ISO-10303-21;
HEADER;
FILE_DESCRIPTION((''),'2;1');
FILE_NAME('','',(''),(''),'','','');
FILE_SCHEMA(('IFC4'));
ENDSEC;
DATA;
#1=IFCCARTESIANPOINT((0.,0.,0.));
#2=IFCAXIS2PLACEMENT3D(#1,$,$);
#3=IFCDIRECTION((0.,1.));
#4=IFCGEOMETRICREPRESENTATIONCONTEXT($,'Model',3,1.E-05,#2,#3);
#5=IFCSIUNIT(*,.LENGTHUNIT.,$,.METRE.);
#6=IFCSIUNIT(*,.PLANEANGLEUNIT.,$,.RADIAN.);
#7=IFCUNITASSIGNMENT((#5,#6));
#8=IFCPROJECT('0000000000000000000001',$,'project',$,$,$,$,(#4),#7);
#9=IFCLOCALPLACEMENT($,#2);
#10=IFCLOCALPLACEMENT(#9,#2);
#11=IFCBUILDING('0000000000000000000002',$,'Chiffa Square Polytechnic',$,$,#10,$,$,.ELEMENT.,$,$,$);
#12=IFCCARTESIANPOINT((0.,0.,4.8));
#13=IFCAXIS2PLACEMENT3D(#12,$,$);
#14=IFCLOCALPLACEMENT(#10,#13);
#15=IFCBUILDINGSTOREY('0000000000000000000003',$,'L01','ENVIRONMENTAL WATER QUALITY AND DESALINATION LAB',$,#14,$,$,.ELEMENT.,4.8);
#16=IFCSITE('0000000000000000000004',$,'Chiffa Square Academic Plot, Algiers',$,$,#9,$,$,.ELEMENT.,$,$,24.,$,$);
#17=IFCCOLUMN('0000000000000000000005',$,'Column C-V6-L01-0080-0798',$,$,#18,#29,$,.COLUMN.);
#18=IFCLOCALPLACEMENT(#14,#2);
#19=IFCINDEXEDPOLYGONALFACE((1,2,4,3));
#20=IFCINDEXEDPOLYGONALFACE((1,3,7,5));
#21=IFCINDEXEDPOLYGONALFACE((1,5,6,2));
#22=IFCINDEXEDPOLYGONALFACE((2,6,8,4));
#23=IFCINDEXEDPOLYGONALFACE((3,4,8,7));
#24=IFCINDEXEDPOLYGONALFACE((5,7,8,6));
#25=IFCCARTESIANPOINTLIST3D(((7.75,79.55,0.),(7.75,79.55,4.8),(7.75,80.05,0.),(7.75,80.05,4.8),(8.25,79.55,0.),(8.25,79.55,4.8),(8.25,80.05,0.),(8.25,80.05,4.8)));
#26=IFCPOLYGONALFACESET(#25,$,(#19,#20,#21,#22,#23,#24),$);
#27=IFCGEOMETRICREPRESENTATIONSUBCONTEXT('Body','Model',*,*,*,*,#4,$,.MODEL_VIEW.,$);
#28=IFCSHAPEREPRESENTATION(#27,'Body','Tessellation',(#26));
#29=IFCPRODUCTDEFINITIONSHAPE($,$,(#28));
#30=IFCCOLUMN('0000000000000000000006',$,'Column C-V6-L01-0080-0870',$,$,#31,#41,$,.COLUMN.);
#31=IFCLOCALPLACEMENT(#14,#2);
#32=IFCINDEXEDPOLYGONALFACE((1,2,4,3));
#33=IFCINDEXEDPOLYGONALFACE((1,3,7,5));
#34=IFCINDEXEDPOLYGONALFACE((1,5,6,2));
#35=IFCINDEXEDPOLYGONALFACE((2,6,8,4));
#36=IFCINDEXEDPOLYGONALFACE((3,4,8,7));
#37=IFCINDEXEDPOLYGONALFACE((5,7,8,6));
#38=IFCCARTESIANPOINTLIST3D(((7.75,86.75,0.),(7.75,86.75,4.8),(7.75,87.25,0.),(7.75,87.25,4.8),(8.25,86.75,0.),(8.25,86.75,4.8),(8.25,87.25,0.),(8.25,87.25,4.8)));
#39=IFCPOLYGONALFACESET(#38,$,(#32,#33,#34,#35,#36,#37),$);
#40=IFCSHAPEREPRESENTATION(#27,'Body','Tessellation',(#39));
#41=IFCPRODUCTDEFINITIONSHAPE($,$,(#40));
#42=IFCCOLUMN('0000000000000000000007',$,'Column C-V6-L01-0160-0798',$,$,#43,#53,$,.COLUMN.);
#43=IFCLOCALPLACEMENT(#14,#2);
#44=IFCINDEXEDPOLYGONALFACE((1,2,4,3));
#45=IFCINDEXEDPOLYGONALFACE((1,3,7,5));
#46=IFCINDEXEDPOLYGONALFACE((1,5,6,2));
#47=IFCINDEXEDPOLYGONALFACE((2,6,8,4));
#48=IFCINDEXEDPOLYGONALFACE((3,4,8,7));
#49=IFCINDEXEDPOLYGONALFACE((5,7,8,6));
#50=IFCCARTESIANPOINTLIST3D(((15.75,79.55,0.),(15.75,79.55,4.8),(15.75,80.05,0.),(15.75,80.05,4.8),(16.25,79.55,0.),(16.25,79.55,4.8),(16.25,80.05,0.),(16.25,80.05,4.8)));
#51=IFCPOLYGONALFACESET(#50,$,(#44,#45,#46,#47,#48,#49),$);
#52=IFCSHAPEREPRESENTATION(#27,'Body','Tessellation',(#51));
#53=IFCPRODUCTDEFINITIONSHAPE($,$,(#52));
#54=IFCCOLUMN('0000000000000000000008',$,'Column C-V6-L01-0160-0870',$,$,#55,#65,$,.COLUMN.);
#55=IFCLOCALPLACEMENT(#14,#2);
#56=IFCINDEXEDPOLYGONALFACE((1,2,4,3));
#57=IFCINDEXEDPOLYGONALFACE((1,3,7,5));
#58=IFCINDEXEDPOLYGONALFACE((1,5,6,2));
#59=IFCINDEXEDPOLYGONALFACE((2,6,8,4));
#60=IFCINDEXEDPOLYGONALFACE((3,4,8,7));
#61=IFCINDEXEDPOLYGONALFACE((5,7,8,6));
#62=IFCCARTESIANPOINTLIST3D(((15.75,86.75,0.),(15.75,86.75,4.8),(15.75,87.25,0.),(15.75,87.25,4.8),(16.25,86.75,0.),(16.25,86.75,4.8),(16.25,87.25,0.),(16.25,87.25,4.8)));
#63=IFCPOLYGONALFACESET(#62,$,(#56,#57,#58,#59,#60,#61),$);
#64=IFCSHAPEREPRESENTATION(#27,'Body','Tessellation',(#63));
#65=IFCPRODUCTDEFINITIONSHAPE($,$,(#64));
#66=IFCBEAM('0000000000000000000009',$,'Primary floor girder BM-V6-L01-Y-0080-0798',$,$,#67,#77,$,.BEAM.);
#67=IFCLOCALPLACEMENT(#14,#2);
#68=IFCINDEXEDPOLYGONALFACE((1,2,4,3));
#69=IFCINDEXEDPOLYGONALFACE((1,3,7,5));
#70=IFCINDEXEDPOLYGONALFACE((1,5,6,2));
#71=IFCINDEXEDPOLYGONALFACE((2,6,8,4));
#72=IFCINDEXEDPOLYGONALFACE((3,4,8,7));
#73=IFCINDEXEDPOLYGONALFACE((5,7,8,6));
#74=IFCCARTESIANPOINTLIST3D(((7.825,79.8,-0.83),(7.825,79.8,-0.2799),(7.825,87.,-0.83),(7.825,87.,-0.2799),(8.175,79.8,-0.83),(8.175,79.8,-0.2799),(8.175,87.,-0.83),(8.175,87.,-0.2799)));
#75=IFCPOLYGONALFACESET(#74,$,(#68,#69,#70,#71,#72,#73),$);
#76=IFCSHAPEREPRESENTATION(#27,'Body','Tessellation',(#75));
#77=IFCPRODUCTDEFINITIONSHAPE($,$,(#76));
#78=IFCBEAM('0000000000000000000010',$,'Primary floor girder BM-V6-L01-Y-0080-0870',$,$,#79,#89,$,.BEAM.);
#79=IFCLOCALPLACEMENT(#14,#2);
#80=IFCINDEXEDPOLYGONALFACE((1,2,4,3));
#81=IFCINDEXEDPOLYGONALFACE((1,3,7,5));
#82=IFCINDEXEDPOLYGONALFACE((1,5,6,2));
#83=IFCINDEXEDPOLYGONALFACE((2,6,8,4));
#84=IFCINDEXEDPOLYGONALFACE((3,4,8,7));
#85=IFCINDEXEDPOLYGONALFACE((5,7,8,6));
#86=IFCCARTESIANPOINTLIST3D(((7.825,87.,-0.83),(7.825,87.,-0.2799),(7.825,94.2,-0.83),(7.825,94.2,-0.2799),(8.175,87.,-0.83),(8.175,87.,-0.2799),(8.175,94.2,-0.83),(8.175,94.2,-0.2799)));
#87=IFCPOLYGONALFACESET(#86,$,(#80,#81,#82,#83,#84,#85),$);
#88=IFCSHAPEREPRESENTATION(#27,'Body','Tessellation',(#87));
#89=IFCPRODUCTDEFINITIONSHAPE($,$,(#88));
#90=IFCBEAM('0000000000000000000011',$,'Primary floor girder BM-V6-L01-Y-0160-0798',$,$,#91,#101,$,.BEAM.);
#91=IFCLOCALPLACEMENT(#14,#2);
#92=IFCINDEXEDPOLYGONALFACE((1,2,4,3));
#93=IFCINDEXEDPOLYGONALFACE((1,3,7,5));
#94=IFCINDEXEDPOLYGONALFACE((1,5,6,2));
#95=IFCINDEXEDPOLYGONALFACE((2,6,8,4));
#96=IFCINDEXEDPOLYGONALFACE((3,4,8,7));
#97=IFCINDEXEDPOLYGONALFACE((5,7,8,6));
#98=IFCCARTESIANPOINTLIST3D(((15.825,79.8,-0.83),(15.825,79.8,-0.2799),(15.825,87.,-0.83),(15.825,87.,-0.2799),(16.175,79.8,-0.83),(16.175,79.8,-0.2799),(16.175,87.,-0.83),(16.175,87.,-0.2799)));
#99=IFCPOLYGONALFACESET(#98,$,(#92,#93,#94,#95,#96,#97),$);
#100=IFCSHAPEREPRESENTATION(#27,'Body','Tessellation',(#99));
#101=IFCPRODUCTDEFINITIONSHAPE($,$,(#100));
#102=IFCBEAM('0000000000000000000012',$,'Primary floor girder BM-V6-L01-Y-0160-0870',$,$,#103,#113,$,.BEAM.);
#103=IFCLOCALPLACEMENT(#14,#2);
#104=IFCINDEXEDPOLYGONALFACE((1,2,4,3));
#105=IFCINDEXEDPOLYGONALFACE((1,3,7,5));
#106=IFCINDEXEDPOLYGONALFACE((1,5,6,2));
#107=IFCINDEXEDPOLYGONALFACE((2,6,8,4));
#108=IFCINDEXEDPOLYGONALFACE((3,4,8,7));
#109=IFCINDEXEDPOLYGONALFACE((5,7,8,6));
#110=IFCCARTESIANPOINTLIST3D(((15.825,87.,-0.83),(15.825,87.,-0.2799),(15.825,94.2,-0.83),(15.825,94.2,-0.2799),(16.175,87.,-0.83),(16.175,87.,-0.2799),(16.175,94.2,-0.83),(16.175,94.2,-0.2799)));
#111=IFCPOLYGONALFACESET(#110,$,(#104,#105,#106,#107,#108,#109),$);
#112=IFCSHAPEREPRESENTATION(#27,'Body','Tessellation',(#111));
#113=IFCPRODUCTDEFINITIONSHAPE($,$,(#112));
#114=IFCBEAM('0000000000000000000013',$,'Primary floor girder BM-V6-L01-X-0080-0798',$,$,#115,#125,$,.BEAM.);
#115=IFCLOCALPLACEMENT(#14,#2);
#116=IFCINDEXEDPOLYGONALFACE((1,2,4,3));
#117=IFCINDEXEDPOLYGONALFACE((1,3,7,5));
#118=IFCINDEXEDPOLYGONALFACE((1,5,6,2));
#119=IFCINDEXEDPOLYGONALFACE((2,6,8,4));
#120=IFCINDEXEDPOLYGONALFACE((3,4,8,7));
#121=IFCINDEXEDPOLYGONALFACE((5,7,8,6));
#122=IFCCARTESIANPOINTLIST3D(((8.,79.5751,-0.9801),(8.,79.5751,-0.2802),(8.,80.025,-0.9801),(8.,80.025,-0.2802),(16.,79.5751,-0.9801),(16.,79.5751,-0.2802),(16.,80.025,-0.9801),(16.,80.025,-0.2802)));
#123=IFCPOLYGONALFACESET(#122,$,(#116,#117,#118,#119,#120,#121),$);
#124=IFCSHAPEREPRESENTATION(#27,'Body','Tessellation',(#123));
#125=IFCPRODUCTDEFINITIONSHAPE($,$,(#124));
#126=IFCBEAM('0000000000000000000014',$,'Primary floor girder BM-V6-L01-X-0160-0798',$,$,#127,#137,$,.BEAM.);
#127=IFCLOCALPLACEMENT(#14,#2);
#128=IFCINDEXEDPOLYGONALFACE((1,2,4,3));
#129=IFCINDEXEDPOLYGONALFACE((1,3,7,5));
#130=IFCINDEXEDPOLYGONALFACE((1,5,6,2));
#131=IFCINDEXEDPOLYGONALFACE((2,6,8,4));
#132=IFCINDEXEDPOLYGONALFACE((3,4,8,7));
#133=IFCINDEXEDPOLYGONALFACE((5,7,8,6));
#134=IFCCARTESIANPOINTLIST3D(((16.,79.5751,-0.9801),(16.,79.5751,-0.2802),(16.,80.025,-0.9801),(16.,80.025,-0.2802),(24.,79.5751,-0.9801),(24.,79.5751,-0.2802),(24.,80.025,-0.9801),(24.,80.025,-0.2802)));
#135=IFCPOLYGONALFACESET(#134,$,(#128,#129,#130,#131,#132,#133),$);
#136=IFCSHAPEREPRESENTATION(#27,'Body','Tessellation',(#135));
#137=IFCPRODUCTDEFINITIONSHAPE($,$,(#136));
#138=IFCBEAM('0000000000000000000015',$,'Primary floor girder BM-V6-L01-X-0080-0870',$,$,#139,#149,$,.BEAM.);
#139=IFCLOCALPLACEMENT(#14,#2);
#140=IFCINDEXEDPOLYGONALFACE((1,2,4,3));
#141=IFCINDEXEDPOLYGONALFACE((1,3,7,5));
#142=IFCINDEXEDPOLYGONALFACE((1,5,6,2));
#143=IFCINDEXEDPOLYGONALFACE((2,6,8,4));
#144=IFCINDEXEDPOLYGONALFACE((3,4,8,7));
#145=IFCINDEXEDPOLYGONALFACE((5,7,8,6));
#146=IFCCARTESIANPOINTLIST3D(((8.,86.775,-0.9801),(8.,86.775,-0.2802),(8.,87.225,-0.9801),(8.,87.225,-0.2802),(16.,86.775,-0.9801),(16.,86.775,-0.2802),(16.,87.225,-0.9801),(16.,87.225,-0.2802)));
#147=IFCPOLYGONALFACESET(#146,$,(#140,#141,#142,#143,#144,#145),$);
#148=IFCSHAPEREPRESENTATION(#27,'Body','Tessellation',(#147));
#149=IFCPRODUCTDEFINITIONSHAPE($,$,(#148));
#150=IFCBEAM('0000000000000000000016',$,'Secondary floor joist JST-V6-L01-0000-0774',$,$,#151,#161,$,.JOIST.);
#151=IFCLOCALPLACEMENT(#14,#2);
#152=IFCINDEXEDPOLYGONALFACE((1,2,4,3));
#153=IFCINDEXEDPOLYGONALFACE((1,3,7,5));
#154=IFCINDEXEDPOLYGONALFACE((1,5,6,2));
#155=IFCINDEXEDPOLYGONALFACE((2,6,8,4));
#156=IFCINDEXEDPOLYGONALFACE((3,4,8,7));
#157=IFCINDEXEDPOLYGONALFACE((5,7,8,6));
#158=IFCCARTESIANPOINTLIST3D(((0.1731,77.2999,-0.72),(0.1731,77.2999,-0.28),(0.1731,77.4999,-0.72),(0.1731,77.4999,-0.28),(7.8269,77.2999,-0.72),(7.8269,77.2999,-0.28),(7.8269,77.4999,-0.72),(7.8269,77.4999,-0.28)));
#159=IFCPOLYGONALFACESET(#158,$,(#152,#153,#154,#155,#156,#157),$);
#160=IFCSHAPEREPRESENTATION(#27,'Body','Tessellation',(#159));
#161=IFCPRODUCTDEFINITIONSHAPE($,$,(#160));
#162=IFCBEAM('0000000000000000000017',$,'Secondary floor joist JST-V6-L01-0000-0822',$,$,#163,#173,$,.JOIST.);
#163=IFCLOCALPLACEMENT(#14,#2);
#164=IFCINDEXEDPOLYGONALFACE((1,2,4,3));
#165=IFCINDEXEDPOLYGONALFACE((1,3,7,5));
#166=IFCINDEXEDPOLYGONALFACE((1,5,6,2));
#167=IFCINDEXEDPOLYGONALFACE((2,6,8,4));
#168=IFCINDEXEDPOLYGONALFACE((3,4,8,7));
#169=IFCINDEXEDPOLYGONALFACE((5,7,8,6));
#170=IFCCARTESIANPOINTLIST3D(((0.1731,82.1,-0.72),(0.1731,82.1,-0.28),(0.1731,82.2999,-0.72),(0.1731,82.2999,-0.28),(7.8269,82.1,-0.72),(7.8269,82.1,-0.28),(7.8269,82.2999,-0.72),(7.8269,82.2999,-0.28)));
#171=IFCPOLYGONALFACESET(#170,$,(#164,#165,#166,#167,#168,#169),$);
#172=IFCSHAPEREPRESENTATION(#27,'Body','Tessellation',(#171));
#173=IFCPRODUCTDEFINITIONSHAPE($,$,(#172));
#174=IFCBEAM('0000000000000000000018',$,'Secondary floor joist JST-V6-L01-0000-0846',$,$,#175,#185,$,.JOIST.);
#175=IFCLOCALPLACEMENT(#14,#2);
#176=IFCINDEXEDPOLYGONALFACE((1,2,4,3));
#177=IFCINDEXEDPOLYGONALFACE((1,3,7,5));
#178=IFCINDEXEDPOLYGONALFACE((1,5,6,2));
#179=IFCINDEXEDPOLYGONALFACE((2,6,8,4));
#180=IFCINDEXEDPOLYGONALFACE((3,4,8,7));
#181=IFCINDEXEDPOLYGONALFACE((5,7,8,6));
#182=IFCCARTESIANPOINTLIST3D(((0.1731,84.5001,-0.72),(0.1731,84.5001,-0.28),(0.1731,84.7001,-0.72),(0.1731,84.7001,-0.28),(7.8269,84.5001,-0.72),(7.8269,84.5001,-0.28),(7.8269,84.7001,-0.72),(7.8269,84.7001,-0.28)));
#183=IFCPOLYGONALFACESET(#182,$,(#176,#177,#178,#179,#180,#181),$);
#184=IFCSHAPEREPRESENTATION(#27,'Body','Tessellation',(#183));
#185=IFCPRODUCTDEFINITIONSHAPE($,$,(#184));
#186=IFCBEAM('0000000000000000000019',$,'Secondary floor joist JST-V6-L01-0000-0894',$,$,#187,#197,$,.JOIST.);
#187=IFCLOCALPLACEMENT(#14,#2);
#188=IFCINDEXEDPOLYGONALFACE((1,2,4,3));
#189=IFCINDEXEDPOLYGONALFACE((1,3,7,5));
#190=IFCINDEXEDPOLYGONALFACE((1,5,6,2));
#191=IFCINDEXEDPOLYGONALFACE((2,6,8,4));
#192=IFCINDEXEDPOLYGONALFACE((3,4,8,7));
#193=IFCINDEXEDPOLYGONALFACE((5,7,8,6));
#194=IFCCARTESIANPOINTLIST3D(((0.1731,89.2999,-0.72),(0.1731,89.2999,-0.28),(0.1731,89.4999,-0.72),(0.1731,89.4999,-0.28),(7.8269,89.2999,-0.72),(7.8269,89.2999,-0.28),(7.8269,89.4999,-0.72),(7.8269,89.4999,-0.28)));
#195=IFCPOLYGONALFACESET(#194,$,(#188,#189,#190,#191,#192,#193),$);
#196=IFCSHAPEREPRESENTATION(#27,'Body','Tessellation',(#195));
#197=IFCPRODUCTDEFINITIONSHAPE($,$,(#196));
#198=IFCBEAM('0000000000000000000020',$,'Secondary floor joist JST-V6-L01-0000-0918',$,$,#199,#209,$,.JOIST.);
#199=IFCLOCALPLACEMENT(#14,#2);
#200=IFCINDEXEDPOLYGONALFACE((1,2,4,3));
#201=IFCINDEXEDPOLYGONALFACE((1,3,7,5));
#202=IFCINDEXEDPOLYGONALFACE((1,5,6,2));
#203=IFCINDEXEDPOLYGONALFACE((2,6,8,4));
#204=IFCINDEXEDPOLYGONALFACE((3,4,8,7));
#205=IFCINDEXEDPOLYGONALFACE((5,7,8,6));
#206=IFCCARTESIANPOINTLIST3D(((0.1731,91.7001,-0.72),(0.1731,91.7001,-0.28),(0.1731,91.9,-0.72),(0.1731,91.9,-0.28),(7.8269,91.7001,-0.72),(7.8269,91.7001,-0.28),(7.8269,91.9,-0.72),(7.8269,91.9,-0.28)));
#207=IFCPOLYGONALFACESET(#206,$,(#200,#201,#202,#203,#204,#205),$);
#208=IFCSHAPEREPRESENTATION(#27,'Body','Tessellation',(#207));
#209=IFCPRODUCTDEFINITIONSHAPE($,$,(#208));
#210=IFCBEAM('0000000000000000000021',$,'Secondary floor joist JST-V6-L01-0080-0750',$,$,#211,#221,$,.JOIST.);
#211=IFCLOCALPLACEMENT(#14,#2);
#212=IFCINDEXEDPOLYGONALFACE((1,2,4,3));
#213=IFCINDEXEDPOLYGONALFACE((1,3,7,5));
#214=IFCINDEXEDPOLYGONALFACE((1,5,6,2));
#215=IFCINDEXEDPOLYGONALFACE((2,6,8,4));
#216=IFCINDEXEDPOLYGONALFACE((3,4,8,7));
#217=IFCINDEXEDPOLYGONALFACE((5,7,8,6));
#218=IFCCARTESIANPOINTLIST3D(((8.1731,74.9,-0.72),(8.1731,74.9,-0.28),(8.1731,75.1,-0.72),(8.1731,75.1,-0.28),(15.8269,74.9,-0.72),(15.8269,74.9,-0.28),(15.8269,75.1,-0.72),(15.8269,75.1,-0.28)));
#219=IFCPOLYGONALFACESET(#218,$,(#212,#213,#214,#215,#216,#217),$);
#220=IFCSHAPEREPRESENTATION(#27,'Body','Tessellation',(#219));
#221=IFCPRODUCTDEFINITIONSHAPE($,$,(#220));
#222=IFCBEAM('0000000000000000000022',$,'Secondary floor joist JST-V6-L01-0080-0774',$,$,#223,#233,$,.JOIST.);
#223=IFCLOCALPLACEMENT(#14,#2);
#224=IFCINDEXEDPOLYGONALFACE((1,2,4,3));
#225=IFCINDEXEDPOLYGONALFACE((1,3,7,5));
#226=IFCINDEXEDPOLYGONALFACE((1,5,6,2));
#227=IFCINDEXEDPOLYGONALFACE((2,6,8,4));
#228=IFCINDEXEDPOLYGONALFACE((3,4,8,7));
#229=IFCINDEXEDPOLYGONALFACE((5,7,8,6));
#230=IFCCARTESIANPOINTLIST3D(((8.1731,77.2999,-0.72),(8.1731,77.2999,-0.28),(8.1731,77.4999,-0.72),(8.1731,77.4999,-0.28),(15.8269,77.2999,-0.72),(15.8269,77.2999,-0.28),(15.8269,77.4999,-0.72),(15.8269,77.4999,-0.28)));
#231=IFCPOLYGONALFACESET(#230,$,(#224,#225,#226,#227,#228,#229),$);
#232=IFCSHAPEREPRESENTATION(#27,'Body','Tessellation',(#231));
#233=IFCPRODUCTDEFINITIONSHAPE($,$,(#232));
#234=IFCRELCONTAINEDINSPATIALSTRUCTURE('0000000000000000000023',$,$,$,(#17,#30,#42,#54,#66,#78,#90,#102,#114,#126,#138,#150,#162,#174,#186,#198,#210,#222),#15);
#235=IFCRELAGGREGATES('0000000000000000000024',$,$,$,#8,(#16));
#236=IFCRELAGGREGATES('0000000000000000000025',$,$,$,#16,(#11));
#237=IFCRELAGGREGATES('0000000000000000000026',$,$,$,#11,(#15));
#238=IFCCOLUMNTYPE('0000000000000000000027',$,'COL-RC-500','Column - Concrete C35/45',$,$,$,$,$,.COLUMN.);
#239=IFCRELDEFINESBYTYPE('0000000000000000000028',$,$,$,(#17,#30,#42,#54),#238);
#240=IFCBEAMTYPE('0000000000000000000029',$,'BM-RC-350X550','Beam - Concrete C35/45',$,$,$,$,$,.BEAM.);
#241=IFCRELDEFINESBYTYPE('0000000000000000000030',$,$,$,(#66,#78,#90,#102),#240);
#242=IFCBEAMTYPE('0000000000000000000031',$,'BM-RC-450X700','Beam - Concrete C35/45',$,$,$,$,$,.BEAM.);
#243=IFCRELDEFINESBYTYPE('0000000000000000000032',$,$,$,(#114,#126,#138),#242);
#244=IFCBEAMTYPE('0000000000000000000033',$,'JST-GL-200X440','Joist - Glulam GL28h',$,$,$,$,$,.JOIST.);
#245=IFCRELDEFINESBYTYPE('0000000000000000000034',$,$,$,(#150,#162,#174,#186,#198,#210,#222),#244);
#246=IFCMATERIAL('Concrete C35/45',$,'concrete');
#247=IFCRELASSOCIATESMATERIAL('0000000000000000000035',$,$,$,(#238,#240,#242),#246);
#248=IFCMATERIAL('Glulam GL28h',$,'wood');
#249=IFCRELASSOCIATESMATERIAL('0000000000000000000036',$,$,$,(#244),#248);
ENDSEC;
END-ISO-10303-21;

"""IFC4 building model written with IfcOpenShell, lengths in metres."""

from ifc_helpers import new_model, si_unit, direction, frame, origin, origin_2d, place, context, subcontext, project, spatial, rectangle, extrude, material, material_profile, profile_set, type_object, element, save


model = new_model("IFC4")

# Units and contexts
model_context = context("Model", 3, precision=1e-05, world=origin(), true_north=direction((0.0, 1.0)))
body_context = subcontext(model_context, "Body", "Model", "MODEL_VIEW")
ifc_project = project(units=[si_unit("LENGTHUNIT", "METRE"), si_unit("PLANEANGLEUNIT", "RADIAN")], contexts=[model_context])

# Site, building, storey
site_placement = place(None, origin())
site = spatial("IfcSite", under=ifc_project, at=site_placement, Name="Chiffa Square Academic Plot, Algiers", CompositionType="ELEMENT", RefElevation=24.0)
building_placement = place(site_placement, origin())
building = spatial("IfcBuilding", under=site, at=building_placement, Name="Chiffa Square Polytechnic", CompositionType="ELEMENT")
storey_placement = place(building_placement, frame((0.0, 0.0, 4.8)))
storey = spatial("IfcBuildingStorey", under=building, at=storey_placement, Name="L01", Description="ENVIRONMENTAL WATER QUALITY AND DESALINATION LAB", CompositionType="ELEMENT", Elevation=4.8)

# Columns
ifc_material_1 = material(Name="Concrete C35/45", Category="concrete")
ifc_material_profile_1 = material_profile(ifc_material_1, rectangle(XDim=0.5, YDim=0.5, at=origin_2d()), Name="RC 500x500")
ifc_profile_set_1 = profile_set([ifc_material_profile_1], Name="Concrete C35/45")
column_type = type_object("IfcColumnType", Name="COL-RC-500", Description="Column - Concrete C35/45", PredefinedType="COLUMN", material=ifc_profile_set_1)
for number, where, z_axis, x_axis, name in (
    (1, (8.0, 79.8, 0.0), (0.0, 0.0, 1.0), (1.0, 0.0, 0.0), "Column C-V6-L01-0080-0798"),
    (2, (8.0, 87.0, 0.0), (0.0, 0.0, 1.0), (1.0, 0.0, 0.0), "Column C-V6-L01-0080-0870"),
    (3, (16.0, 79.8, 0.0), (0.0, 0.0, 1.0), (1.0, 0.0, 0.0), "Column C-V6-L01-0160-0798"),
    (4, (16.0, 87.0, 0.0), (0.0, 0.0, 1.0), (1.0, 0.0, 0.0), "Column C-V6-L01-0160-0870"),
):
    element("IfcColumn", number, at=place(storey_placement, frame(where, z_axis=z_axis, x_axis=x_axis)), inside=storey, type_object=column_type, Name=name, PredefinedType="COLUMN", context=body_context, shape_type="SweptSolid", body=[
        extrude(rectangle(XDim=0.5, YDim=0.5, at=origin_2d()), origin(), (0.0, 0.0, 1.0), 4.8),
    ])

# Beams
ifc_material_profile_2 = material_profile(ifc_material_1, rectangle(XDim=0.3501, YDim=0.55, at=origin_2d()), Name="RC 350x550")
ifc_profile_set_2 = profile_set([ifc_material_profile_2], Name="Concrete C35/45")
beam_type_1 = type_object("IfcBeamType", Name="BM-RC-350X550", Description="Beam - Concrete C35/45", PredefinedType="BEAM", material=ifc_profile_set_2)
for number, where, z_axis, x_axis, name in (
    (5, (8.0, 79.8, -0.5549), (0.0, 1.0, 0.0), (-1.0, 0.0, 0.0), "Primary floor girder BM-V6-L01-Y-0080-0798"),
    (6, (8.0, 87.0, -0.5549), (0.0, 1.0, 0.0), (-1.0, 0.0, 0.0), "Primary floor girder BM-V6-L01-Y-0080-0870"),
    (7, (16.0, 79.8, -0.5549), (0.0, 1.0, 0.0), (-1.0, 0.0, 0.0), "Primary floor girder BM-V6-L01-Y-0160-0798"),
    (8, (16.0, 87.0, -0.5549), (0.0, 1.0, 0.0), (-1.0, 0.0, 0.0), "Primary floor girder BM-V6-L01-Y-0160-0870"),
):
    element("IfcBeam", number, at=place(storey_placement, frame(where, z_axis=z_axis, x_axis=x_axis)), inside=storey, type_object=beam_type_1, Name=name, PredefinedType="BEAM", context=body_context, shape_type="SweptSolid", body=[
        extrude(rectangle(XDim=0.3501, YDim=0.55, at=origin_2d()), origin(), (0.0, 0.0, 1.0), 7.2),
    ])
ifc_material_profile_3 = material_profile(ifc_material_1, rectangle(XDim=0.45, YDim=0.7, at=origin_2d()), Name="RC 450x700")
ifc_profile_set_3 = profile_set([ifc_material_profile_3], Name="Concrete C35/45")
beam_type_2 = type_object("IfcBeamType", Name="BM-RC-450X700", Description="Beam - Concrete C35/45", PredefinedType="BEAM", material=ifc_profile_set_3)
for number, where, z_axis, x_axis, name in (
    (9, (8.0, 79.8, -0.6301), (1.0, 0.0, 0.0), (0.0, 1.0, 0.0), "Primary floor girder BM-V6-L01-X-0080-0798"),
    (10, (16.0, 79.8, -0.6301), (1.0, 0.0, 0.0), (0.0, 1.0, 0.0), "Primary floor girder BM-V6-L01-X-0160-0798"),
    (11, (8.0, 87.0, -0.6301), (1.0, 0.0, 0.0), (0.0, 1.0, 0.0), "Primary floor girder BM-V6-L01-X-0080-0870"),
):
    element("IfcBeam", number, at=place(storey_placement, frame(where, z_axis=z_axis, x_axis=x_axis)), inside=storey, type_object=beam_type_2, Name=name, PredefinedType="BEAM", context=body_context, shape_type="SweptSolid", body=[
        extrude(rectangle(XDim=0.45, YDim=0.7, at=origin_2d()), origin(), (0.0, 0.0, 1.0), 8.0),
    ])
ifc_material_2 = material(Name="Glulam GL28h", Category="wood")
ifc_material_profile_4 = material_profile(ifc_material_2, rectangle(XDim=0.2, YDim=0.4399, at=origin_2d()), Name="GL28h 200x440")
ifc_profile_set_4 = profile_set([ifc_material_profile_4], Name="Glulam GL28h")
beam_type_3 = type_object("IfcBeamType", Name="JST-GL-200X440", Description="Joist - Glulam GL28h", PredefinedType="JOIST", material=ifc_profile_set_4)
for number, where, z_axis, x_axis, name in (
    (12, (0.1731, 77.3999, -0.5), (1.0, 0.0, 0.0), (0.0, 1.0, 0.0), "Secondary floor joist JST-V6-L01-0000-0774"),
    (13, (0.1731, 82.2, -0.5), (1.0, 0.0, 0.0), (0.0, 1.0, 0.0), "Secondary floor joist JST-V6-L01-0000-0822"),
    (14, (0.1731, 84.6001, -0.5), (1.0, 0.0, 0.0), (0.0, 1.0, 0.0), "Secondary floor joist JST-V6-L01-0000-0846"),
    (15, (0.1731, 89.3999, -0.5), (1.0, 0.0, 0.0), (0.0, 1.0, 0.0), "Secondary floor joist JST-V6-L01-0000-0894"),
    (16, (0.1731, 91.8, -0.5), (1.0, 0.0, 0.0), (0.0, 1.0, 0.0), "Secondary floor joist JST-V6-L01-0000-0918"),
    (17, (8.1731, 75.0, -0.5), (1.0, 0.0, 0.0), (0.0, 1.0, 0.0), "Secondary floor joist JST-V6-L01-0080-0750"),
    (18, (8.1731, 77.3999, -0.5), (1.0, 0.0, 0.0), (0.0, 1.0, 0.0), "Secondary floor joist JST-V6-L01-0080-0774"),
):
    element("IfcBeam", number, at=place(storey_placement, frame(where, z_axis=z_axis, x_axis=x_axis)), inside=storey, type_object=beam_type_3, Name=name, PredefinedType="JOIST", context=body_context, shape_type="SweptSolid", body=[
        extrude(rectangle(XDim=0.2, YDim=0.4399, at=origin_2d()), origin(), (0.0, 0.0, 1.0), 7.6538),
    ])

save(model, "model.ifc")
